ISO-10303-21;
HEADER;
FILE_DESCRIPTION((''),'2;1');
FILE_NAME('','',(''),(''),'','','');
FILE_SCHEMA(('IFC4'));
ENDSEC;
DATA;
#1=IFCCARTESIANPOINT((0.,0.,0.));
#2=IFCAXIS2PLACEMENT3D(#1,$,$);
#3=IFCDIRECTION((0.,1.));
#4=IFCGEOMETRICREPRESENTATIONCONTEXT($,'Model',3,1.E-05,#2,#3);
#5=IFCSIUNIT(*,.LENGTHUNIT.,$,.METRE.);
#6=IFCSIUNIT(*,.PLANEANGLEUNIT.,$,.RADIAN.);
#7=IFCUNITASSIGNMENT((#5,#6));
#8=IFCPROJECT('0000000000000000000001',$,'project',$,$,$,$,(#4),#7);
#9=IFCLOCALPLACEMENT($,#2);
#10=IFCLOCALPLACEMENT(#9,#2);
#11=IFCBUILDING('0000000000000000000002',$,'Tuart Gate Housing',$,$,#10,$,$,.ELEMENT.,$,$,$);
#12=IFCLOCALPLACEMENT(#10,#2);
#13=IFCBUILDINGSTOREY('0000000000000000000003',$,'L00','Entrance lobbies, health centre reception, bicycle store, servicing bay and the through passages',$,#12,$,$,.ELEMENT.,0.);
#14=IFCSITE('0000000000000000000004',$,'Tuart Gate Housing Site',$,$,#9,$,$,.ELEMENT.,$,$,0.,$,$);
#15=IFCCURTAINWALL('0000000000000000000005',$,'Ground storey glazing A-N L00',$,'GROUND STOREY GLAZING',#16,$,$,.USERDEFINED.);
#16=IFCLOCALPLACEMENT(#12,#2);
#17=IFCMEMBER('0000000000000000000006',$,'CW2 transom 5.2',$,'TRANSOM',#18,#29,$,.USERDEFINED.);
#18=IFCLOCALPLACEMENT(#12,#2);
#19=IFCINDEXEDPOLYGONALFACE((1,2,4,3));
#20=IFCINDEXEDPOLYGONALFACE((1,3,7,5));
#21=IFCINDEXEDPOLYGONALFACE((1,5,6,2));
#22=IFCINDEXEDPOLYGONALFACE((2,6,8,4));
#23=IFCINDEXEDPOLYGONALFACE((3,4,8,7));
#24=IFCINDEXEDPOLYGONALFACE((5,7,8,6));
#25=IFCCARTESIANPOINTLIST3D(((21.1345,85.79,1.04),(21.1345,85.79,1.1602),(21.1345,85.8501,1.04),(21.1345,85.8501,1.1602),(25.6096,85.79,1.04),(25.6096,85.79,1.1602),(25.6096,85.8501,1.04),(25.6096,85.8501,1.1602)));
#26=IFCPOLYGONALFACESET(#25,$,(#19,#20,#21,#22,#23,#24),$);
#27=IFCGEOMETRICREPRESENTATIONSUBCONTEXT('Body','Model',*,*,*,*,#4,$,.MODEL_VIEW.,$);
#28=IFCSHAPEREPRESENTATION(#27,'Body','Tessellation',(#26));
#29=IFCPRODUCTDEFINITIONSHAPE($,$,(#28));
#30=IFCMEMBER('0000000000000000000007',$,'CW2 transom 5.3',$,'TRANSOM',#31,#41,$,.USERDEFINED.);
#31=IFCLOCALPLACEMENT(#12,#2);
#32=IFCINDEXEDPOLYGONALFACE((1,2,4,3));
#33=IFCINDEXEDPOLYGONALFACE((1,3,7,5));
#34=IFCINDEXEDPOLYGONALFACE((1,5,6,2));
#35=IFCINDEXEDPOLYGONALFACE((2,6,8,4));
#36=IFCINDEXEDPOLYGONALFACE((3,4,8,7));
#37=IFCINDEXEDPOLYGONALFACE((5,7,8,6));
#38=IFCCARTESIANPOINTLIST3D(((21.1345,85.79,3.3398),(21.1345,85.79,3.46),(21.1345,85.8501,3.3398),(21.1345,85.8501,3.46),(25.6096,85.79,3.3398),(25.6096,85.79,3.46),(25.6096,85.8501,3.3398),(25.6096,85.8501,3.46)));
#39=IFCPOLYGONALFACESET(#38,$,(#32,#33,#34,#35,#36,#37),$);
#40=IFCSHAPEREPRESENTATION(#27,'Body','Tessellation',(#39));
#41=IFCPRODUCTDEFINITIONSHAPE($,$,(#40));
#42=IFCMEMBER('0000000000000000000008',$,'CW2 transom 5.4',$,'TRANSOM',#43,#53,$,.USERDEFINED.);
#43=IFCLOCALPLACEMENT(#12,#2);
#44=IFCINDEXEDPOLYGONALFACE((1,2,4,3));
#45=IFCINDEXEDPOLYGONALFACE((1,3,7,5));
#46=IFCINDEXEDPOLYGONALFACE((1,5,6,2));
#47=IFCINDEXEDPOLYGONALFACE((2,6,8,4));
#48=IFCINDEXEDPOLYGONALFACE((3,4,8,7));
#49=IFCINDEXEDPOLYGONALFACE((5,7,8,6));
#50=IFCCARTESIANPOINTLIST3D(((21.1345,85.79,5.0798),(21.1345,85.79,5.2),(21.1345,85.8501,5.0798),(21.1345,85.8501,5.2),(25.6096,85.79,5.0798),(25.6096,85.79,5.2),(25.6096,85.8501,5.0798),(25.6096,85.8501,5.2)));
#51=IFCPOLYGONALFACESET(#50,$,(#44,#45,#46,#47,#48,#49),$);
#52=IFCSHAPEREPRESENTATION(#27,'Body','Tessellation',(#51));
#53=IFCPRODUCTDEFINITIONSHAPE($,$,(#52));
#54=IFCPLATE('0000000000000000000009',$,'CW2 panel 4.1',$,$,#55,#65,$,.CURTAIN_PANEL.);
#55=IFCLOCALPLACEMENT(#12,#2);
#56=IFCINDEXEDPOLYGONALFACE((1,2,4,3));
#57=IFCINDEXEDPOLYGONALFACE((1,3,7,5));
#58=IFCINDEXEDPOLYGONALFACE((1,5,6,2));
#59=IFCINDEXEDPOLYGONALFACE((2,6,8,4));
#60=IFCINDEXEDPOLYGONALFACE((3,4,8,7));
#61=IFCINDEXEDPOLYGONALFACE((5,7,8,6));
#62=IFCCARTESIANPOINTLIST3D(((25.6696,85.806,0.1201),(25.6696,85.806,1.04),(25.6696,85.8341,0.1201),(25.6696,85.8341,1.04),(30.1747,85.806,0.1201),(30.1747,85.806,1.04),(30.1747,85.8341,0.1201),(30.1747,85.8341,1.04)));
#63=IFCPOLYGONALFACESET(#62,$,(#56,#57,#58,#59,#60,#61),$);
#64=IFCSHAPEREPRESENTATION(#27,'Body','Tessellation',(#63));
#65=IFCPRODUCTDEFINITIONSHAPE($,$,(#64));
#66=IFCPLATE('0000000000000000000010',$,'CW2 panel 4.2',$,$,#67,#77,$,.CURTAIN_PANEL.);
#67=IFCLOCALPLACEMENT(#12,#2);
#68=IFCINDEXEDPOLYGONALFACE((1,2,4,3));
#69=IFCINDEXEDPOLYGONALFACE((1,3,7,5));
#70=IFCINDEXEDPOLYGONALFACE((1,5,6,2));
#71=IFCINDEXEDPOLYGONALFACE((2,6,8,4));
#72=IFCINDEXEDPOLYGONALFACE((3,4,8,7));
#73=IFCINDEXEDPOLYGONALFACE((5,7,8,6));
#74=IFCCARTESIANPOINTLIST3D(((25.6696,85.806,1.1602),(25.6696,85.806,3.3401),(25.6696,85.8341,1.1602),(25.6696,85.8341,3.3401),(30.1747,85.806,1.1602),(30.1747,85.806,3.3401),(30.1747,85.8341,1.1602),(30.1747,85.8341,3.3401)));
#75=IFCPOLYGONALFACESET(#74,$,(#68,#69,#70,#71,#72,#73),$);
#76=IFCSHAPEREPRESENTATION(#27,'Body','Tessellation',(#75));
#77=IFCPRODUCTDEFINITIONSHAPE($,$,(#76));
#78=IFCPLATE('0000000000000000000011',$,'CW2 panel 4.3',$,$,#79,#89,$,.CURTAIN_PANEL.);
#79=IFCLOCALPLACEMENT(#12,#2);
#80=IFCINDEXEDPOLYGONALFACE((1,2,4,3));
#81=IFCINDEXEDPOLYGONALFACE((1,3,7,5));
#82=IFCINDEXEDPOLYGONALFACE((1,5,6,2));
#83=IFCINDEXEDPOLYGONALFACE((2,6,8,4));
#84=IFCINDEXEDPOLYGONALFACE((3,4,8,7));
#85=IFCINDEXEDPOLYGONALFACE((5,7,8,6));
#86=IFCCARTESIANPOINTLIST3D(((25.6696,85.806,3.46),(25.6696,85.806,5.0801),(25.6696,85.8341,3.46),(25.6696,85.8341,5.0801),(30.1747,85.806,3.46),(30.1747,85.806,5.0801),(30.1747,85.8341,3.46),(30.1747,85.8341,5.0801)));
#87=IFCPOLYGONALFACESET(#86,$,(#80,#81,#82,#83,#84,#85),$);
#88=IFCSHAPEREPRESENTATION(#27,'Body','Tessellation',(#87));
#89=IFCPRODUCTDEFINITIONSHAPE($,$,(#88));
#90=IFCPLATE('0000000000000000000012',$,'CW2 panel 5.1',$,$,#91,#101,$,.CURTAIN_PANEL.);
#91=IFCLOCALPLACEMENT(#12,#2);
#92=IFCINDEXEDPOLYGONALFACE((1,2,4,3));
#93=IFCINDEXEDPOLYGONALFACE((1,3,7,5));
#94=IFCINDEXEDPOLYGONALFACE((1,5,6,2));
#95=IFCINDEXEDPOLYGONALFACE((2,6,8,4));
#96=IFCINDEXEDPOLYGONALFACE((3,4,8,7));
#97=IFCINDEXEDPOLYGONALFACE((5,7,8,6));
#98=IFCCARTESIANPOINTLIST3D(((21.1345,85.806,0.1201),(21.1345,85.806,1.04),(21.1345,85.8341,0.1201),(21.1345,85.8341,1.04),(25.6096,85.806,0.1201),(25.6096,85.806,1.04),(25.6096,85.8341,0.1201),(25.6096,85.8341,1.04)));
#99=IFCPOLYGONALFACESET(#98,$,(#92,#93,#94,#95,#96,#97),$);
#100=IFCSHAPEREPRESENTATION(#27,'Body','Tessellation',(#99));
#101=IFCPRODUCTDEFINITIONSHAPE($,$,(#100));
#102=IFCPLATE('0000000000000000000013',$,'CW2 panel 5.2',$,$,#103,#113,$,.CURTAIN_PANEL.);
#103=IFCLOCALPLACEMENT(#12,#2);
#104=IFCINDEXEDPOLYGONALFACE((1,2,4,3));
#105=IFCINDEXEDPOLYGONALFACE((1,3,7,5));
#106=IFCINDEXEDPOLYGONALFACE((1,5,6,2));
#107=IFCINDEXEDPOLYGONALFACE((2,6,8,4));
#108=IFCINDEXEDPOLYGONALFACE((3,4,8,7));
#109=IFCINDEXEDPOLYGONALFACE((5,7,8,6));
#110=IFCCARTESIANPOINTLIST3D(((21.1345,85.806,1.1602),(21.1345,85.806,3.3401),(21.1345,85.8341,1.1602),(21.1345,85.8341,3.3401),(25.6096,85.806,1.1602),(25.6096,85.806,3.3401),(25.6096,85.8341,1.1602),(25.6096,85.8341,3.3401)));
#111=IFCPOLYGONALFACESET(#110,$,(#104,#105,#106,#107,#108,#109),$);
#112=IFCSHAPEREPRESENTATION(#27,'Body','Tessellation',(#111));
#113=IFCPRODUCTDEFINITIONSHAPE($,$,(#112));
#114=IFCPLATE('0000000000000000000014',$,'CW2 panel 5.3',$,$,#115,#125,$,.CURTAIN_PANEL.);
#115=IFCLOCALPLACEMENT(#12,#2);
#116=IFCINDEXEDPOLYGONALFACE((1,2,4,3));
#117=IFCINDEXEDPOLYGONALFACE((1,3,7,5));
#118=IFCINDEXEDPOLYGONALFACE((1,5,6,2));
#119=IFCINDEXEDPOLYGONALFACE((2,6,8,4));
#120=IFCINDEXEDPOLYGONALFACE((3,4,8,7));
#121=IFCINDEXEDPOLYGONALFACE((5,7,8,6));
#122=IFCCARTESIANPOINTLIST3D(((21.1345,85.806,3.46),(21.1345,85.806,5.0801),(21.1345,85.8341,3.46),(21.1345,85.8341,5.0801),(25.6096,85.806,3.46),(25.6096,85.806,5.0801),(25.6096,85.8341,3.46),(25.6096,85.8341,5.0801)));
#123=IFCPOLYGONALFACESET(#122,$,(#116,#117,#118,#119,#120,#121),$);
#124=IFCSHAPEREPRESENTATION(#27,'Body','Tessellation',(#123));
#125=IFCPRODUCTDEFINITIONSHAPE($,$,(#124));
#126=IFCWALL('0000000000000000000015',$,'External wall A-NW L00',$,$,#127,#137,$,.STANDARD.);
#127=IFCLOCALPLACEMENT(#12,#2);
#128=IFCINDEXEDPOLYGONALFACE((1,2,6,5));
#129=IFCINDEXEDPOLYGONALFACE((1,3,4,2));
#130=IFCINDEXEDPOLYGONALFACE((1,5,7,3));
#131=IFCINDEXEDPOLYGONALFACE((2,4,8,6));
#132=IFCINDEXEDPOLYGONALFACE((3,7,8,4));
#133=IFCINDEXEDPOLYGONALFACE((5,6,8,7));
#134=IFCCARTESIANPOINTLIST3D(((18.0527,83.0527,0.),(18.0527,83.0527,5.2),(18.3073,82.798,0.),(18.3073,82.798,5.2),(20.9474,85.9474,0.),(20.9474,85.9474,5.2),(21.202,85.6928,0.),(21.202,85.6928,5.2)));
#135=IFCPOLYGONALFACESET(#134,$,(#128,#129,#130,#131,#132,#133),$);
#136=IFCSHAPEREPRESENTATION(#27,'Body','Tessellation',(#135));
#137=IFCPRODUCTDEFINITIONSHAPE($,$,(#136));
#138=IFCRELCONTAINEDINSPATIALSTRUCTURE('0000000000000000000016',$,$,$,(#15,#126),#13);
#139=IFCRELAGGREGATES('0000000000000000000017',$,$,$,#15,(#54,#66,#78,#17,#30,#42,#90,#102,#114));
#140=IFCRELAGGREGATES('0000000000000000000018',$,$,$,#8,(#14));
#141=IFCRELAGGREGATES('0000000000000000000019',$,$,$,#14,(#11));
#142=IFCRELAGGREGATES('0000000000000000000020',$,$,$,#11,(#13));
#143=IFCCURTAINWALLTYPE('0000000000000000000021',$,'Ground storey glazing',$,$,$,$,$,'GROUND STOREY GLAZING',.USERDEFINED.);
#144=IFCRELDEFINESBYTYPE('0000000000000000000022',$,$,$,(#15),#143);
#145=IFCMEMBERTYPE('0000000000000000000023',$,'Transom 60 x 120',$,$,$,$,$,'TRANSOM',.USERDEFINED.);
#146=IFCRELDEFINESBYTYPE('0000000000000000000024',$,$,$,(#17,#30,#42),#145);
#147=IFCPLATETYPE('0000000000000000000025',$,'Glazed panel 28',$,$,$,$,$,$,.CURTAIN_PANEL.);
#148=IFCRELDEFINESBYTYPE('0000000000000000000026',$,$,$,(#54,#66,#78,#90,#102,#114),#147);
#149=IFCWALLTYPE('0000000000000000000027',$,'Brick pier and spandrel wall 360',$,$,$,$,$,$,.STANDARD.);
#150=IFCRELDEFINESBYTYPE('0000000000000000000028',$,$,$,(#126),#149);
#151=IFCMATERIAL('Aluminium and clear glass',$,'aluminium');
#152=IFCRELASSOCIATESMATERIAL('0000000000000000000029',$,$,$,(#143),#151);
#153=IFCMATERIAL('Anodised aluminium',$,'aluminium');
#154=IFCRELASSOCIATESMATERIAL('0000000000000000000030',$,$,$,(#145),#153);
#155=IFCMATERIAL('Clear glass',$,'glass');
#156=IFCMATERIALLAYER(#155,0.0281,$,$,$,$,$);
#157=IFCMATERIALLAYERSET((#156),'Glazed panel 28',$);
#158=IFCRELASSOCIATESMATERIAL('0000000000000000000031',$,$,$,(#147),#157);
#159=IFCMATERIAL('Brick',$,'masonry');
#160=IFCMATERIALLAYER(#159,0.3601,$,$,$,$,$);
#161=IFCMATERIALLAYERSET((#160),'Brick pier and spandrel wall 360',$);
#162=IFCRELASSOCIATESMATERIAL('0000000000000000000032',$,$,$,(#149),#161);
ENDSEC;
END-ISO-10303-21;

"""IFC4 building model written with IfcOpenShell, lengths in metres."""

from ifc_helpers import new_model, si_unit, direction, frame, frame_2d, origin, origin_2d, place, context, subcontext, project, spatial, rectangle, extrude, material, layer, layer_set, material_profile, profile_set, type_object, element, aggregate, save


model = new_model("IFC4")

# Units and contexts
model_context = context("Model", 3, precision=1e-05, world=origin(), true_north=direction((0.0, 1.0)))
body_context = subcontext(model_context, "Body", "Model", "MODEL_VIEW")
ifc_project = project(units=[si_unit("LENGTHUNIT", "METRE"), si_unit("PLANEANGLEUNIT", "RADIAN")], contexts=[model_context])

# Site, building, storey
site_placement = place(None, origin())
site = spatial("IfcSite", under=ifc_project, at=site_placement, Name="Tuart Gate Housing Site", CompositionType="ELEMENT", RefElevation=0.0)
building_placement = place(site_placement, origin())
building = spatial("IfcBuilding", under=site, at=building_placement, Name="Tuart Gate Housing", CompositionType="ELEMENT")
storey_placement = place(building_placement, origin())
storey = spatial("IfcBuildingStorey", under=building, at=storey_placement, Name="L00", Description="Entrance lobbies, health centre reception, bicycle store, servicing bay and the through passages", CompositionType="ELEMENT", Elevation=0.0)

# Curtain wall, members, plates
ifc_material_1 = material(Name="Aluminium and clear glass", Category="aluminium")
curtain_wall_type = type_object("IfcCurtainWallType", Name="Ground storey glazing", ElementType="GROUND STOREY GLAZING", PredefinedType="USERDEFINED", material=ifc_material_1)
curtain_wall_placement = place(storey_placement, origin())
curtain_wall = element("IfcCurtainWall", 1, at=curtain_wall_placement, inside=storey, type_object=curtain_wall_type, Name="Ground storey glazing A-N L00", ObjectType="GROUND STOREY GLAZING", PredefinedType="USERDEFINED")
ifc_material_2 = material(Name="Anodised aluminium", Category="aluminium")
ifc_material_profile_1 = material_profile(ifc_material_2, rectangle(XDim=0.0601, YDim=0.1201, at=origin_2d()), Name="60x120")
ifc_profile_set_1 = profile_set([ifc_material_profile_1], Name="Anodised aluminium")
member_type_1 = type_object("IfcMemberType", Name="Transom 60 x 120", ElementType="TRANSOM", PredefinedType="USERDEFINED", material=ifc_profile_set_1)
member_1_placement = place(storey_placement, frame((25.6096, 85.8201, 1.1001), z_axis=(-1.0, 0.0, 0.0), x_axis=(0.0, -1.0, 0.0)))
member_1 = element("IfcMember", 2, at=member_1_placement, type_object=member_type_1, Name="CW2 transom 5.2", ObjectType="TRANSOM", PredefinedType="USERDEFINED", context=body_context, shape_type="SweptSolid", body=[
    extrude(rectangle(XDim=0.0601, YDim=0.1201, at=origin_2d()), origin(), (0.0, 0.0, 1.0), 4.4751),
])
member_2_placement = place(storey_placement, frame((25.6096, 85.8201, 3.3999), z_axis=(-1.0, 0.0, 0.0), x_axis=(0.0, -1.0, 0.0)))
member_2 = element("IfcMember", 3, at=member_2_placement, type_object=member_type_1, Name="CW2 transom 5.3", ObjectType="TRANSOM", PredefinedType="USERDEFINED", context=body_context, shape_type="SweptSolid", body=[
    extrude(rectangle(XDim=0.0601, YDim=0.1201, at=origin_2d()), origin(), (0.0, 0.0, 1.0), 4.4751),
])
member_3_placement = place(storey_placement, frame((25.6096, 85.8201, 5.1399), z_axis=(-1.0, 0.0, 0.0), x_axis=(0.0, -1.0, 0.0)))
member_3 = element("IfcMember", 4, at=member_3_placement, type_object=member_type_1, Name="CW2 transom 5.4", ObjectType="TRANSOM", PredefinedType="USERDEFINED", context=body_context, shape_type="SweptSolid", body=[
    extrude(rectangle(XDim=0.0601, YDim=0.1201, at=origin_2d()), origin(), (0.0, 0.0, 1.0), 4.4751),
])
ifc_material_3 = material(Name="Clear glass", Category="glass")
ifc_layer_1 = layer(ifc_material_3, 0.0281)
ifc_layer_set_1 = layer_set([ifc_layer_1], Name="Glazed panel 28")
plate_type = type_object("IfcPlateType", Name="Glazed panel 28", PredefinedType="CURTAIN_PANEL", material=ifc_layer_set_1)
plate_1_placement = place(storey_placement, frame((27.9221, 85.8201, 0.1201), z_axis=(0.0, 0.0, 1.0), x_axis=(-1.0, 0.0, 0.0)))
plate_1 = element("IfcPlate", 5, at=plate_1_placement, type_object=plate_type, Name="CW2 panel 4.1", PredefinedType="CURTAIN_PANEL", context=body_context, shape_type="SweptSolid", body=[
    extrude(rectangle(XDim=4.5051, YDim=0.0281, at=origin_2d()), origin(), (0.0, 0.0, 1.0), 0.9199),
])
plate_2_placement = place(storey_placement, frame((27.9221, 85.8201, 1.1602), z_axis=(0.0, 0.0, 1.0), x_axis=(-1.0, 0.0, 0.0)))
plate_2 = element("IfcPlate", 6, at=plate_2_placement, type_object=plate_type, Name="CW2 panel 4.2", PredefinedType="CURTAIN_PANEL", context=body_context, shape_type="SweptSolid", body=[
    extrude(rectangle(XDim=4.5051, YDim=0.0281, at=origin_2d()), origin(), (0.0, 0.0, 1.0), 2.1799),
])
plate_3_placement = place(storey_placement, frame((27.9221, 85.8201, 3.46), z_axis=(0.0, 0.0, 1.0), x_axis=(-1.0, 0.0, 0.0)))
plate_3 = element("IfcPlate", 7, at=plate_3_placement, type_object=plate_type, Name="CW2 panel 4.3", PredefinedType="CURTAIN_PANEL", context=body_context, shape_type="SweptSolid", body=[
    extrude(rectangle(XDim=4.5051, YDim=0.0281, at=origin_2d()), origin(), (0.0, 0.0, 1.0), 1.6201),
])
plate_4_placement = place(storey_placement, frame((23.3721, 85.8201, 0.1201), z_axis=(0.0, 0.0, 1.0), x_axis=(-1.0, 0.0, 0.0)))
plate_4 = element("IfcPlate", 8, at=plate_4_placement, type_object=plate_type, Name="CW2 panel 5.1", PredefinedType="CURTAIN_PANEL", context=body_context, shape_type="SweptSolid", body=[
    extrude(rectangle(XDim=4.4751, YDim=0.0281, at=origin_2d()), origin(), (0.0, 0.0, 1.0), 0.9199),
])
plate_5_placement = place(storey_placement, frame((23.3721, 85.8201, 1.1602), z_axis=(0.0, 0.0, 1.0), x_axis=(-1.0, 0.0, 0.0)))
plate_5 = element("IfcPlate", 9, at=plate_5_placement, type_object=plate_type, Name="CW2 panel 5.2", PredefinedType="CURTAIN_PANEL", context=body_context, shape_type="SweptSolid", body=[
    extrude(rectangle(XDim=4.4751, YDim=0.0281, at=origin_2d()), origin(), (0.0, 0.0, 1.0), 2.1799),
])
plate_6_placement = place(storey_placement, frame((23.3721, 85.8201, 3.46), z_axis=(0.0, 0.0, 1.0), x_axis=(-1.0, 0.0, 0.0)))
plate_6 = element("IfcPlate", 10, at=plate_6_placement, type_object=plate_type, Name="CW2 panel 5.3", PredefinedType="CURTAIN_PANEL", context=body_context, shape_type="SweptSolid", body=[
    extrude(rectangle(XDim=4.4751, YDim=0.0281, at=origin_2d()), origin(), (0.0, 0.0, 1.0), 1.6201),
])
aggregate(curtain_wall, [plate_1, plate_2, plate_3, member_1, member_2, member_3, plate_4, plate_5, plate_6])

# Wall
ifc_material_4 = material(Name="Brick", Category="masonry")
ifc_layer_2 = layer(ifc_material_4, 0.3601)
ifc_layer_set_2 = layer_set([ifc_layer_2], Name="Brick pier and spandrel wall 360")
wall_type = type_object("IfcWallType", Name="Brick pier and spandrel wall 360", PredefinedType="STANDARD", material=ifc_layer_set_2)
wall_placement = place(storey_placement, frame((21.0747, 85.8201, 0.0), z_axis=(0.0, 0.0, 1.0), x_axis=(-0.707107, -0.707107, 0.0)))
element("IfcWall", 11, at=wall_placement, inside=storey, type_object=wall_type, Name="External wall A-NW L00", PredefinedType="STANDARD", context=body_context, shape_type="SweptSolid", body=[
    extrude(rectangle(XDim=4.0938, YDim=0.3601, at=frame_2d((2.0469, 0.0))), origin(), (0.0, 0.0, 1.0), 5.2),
])

save(model, "model.ifc")
